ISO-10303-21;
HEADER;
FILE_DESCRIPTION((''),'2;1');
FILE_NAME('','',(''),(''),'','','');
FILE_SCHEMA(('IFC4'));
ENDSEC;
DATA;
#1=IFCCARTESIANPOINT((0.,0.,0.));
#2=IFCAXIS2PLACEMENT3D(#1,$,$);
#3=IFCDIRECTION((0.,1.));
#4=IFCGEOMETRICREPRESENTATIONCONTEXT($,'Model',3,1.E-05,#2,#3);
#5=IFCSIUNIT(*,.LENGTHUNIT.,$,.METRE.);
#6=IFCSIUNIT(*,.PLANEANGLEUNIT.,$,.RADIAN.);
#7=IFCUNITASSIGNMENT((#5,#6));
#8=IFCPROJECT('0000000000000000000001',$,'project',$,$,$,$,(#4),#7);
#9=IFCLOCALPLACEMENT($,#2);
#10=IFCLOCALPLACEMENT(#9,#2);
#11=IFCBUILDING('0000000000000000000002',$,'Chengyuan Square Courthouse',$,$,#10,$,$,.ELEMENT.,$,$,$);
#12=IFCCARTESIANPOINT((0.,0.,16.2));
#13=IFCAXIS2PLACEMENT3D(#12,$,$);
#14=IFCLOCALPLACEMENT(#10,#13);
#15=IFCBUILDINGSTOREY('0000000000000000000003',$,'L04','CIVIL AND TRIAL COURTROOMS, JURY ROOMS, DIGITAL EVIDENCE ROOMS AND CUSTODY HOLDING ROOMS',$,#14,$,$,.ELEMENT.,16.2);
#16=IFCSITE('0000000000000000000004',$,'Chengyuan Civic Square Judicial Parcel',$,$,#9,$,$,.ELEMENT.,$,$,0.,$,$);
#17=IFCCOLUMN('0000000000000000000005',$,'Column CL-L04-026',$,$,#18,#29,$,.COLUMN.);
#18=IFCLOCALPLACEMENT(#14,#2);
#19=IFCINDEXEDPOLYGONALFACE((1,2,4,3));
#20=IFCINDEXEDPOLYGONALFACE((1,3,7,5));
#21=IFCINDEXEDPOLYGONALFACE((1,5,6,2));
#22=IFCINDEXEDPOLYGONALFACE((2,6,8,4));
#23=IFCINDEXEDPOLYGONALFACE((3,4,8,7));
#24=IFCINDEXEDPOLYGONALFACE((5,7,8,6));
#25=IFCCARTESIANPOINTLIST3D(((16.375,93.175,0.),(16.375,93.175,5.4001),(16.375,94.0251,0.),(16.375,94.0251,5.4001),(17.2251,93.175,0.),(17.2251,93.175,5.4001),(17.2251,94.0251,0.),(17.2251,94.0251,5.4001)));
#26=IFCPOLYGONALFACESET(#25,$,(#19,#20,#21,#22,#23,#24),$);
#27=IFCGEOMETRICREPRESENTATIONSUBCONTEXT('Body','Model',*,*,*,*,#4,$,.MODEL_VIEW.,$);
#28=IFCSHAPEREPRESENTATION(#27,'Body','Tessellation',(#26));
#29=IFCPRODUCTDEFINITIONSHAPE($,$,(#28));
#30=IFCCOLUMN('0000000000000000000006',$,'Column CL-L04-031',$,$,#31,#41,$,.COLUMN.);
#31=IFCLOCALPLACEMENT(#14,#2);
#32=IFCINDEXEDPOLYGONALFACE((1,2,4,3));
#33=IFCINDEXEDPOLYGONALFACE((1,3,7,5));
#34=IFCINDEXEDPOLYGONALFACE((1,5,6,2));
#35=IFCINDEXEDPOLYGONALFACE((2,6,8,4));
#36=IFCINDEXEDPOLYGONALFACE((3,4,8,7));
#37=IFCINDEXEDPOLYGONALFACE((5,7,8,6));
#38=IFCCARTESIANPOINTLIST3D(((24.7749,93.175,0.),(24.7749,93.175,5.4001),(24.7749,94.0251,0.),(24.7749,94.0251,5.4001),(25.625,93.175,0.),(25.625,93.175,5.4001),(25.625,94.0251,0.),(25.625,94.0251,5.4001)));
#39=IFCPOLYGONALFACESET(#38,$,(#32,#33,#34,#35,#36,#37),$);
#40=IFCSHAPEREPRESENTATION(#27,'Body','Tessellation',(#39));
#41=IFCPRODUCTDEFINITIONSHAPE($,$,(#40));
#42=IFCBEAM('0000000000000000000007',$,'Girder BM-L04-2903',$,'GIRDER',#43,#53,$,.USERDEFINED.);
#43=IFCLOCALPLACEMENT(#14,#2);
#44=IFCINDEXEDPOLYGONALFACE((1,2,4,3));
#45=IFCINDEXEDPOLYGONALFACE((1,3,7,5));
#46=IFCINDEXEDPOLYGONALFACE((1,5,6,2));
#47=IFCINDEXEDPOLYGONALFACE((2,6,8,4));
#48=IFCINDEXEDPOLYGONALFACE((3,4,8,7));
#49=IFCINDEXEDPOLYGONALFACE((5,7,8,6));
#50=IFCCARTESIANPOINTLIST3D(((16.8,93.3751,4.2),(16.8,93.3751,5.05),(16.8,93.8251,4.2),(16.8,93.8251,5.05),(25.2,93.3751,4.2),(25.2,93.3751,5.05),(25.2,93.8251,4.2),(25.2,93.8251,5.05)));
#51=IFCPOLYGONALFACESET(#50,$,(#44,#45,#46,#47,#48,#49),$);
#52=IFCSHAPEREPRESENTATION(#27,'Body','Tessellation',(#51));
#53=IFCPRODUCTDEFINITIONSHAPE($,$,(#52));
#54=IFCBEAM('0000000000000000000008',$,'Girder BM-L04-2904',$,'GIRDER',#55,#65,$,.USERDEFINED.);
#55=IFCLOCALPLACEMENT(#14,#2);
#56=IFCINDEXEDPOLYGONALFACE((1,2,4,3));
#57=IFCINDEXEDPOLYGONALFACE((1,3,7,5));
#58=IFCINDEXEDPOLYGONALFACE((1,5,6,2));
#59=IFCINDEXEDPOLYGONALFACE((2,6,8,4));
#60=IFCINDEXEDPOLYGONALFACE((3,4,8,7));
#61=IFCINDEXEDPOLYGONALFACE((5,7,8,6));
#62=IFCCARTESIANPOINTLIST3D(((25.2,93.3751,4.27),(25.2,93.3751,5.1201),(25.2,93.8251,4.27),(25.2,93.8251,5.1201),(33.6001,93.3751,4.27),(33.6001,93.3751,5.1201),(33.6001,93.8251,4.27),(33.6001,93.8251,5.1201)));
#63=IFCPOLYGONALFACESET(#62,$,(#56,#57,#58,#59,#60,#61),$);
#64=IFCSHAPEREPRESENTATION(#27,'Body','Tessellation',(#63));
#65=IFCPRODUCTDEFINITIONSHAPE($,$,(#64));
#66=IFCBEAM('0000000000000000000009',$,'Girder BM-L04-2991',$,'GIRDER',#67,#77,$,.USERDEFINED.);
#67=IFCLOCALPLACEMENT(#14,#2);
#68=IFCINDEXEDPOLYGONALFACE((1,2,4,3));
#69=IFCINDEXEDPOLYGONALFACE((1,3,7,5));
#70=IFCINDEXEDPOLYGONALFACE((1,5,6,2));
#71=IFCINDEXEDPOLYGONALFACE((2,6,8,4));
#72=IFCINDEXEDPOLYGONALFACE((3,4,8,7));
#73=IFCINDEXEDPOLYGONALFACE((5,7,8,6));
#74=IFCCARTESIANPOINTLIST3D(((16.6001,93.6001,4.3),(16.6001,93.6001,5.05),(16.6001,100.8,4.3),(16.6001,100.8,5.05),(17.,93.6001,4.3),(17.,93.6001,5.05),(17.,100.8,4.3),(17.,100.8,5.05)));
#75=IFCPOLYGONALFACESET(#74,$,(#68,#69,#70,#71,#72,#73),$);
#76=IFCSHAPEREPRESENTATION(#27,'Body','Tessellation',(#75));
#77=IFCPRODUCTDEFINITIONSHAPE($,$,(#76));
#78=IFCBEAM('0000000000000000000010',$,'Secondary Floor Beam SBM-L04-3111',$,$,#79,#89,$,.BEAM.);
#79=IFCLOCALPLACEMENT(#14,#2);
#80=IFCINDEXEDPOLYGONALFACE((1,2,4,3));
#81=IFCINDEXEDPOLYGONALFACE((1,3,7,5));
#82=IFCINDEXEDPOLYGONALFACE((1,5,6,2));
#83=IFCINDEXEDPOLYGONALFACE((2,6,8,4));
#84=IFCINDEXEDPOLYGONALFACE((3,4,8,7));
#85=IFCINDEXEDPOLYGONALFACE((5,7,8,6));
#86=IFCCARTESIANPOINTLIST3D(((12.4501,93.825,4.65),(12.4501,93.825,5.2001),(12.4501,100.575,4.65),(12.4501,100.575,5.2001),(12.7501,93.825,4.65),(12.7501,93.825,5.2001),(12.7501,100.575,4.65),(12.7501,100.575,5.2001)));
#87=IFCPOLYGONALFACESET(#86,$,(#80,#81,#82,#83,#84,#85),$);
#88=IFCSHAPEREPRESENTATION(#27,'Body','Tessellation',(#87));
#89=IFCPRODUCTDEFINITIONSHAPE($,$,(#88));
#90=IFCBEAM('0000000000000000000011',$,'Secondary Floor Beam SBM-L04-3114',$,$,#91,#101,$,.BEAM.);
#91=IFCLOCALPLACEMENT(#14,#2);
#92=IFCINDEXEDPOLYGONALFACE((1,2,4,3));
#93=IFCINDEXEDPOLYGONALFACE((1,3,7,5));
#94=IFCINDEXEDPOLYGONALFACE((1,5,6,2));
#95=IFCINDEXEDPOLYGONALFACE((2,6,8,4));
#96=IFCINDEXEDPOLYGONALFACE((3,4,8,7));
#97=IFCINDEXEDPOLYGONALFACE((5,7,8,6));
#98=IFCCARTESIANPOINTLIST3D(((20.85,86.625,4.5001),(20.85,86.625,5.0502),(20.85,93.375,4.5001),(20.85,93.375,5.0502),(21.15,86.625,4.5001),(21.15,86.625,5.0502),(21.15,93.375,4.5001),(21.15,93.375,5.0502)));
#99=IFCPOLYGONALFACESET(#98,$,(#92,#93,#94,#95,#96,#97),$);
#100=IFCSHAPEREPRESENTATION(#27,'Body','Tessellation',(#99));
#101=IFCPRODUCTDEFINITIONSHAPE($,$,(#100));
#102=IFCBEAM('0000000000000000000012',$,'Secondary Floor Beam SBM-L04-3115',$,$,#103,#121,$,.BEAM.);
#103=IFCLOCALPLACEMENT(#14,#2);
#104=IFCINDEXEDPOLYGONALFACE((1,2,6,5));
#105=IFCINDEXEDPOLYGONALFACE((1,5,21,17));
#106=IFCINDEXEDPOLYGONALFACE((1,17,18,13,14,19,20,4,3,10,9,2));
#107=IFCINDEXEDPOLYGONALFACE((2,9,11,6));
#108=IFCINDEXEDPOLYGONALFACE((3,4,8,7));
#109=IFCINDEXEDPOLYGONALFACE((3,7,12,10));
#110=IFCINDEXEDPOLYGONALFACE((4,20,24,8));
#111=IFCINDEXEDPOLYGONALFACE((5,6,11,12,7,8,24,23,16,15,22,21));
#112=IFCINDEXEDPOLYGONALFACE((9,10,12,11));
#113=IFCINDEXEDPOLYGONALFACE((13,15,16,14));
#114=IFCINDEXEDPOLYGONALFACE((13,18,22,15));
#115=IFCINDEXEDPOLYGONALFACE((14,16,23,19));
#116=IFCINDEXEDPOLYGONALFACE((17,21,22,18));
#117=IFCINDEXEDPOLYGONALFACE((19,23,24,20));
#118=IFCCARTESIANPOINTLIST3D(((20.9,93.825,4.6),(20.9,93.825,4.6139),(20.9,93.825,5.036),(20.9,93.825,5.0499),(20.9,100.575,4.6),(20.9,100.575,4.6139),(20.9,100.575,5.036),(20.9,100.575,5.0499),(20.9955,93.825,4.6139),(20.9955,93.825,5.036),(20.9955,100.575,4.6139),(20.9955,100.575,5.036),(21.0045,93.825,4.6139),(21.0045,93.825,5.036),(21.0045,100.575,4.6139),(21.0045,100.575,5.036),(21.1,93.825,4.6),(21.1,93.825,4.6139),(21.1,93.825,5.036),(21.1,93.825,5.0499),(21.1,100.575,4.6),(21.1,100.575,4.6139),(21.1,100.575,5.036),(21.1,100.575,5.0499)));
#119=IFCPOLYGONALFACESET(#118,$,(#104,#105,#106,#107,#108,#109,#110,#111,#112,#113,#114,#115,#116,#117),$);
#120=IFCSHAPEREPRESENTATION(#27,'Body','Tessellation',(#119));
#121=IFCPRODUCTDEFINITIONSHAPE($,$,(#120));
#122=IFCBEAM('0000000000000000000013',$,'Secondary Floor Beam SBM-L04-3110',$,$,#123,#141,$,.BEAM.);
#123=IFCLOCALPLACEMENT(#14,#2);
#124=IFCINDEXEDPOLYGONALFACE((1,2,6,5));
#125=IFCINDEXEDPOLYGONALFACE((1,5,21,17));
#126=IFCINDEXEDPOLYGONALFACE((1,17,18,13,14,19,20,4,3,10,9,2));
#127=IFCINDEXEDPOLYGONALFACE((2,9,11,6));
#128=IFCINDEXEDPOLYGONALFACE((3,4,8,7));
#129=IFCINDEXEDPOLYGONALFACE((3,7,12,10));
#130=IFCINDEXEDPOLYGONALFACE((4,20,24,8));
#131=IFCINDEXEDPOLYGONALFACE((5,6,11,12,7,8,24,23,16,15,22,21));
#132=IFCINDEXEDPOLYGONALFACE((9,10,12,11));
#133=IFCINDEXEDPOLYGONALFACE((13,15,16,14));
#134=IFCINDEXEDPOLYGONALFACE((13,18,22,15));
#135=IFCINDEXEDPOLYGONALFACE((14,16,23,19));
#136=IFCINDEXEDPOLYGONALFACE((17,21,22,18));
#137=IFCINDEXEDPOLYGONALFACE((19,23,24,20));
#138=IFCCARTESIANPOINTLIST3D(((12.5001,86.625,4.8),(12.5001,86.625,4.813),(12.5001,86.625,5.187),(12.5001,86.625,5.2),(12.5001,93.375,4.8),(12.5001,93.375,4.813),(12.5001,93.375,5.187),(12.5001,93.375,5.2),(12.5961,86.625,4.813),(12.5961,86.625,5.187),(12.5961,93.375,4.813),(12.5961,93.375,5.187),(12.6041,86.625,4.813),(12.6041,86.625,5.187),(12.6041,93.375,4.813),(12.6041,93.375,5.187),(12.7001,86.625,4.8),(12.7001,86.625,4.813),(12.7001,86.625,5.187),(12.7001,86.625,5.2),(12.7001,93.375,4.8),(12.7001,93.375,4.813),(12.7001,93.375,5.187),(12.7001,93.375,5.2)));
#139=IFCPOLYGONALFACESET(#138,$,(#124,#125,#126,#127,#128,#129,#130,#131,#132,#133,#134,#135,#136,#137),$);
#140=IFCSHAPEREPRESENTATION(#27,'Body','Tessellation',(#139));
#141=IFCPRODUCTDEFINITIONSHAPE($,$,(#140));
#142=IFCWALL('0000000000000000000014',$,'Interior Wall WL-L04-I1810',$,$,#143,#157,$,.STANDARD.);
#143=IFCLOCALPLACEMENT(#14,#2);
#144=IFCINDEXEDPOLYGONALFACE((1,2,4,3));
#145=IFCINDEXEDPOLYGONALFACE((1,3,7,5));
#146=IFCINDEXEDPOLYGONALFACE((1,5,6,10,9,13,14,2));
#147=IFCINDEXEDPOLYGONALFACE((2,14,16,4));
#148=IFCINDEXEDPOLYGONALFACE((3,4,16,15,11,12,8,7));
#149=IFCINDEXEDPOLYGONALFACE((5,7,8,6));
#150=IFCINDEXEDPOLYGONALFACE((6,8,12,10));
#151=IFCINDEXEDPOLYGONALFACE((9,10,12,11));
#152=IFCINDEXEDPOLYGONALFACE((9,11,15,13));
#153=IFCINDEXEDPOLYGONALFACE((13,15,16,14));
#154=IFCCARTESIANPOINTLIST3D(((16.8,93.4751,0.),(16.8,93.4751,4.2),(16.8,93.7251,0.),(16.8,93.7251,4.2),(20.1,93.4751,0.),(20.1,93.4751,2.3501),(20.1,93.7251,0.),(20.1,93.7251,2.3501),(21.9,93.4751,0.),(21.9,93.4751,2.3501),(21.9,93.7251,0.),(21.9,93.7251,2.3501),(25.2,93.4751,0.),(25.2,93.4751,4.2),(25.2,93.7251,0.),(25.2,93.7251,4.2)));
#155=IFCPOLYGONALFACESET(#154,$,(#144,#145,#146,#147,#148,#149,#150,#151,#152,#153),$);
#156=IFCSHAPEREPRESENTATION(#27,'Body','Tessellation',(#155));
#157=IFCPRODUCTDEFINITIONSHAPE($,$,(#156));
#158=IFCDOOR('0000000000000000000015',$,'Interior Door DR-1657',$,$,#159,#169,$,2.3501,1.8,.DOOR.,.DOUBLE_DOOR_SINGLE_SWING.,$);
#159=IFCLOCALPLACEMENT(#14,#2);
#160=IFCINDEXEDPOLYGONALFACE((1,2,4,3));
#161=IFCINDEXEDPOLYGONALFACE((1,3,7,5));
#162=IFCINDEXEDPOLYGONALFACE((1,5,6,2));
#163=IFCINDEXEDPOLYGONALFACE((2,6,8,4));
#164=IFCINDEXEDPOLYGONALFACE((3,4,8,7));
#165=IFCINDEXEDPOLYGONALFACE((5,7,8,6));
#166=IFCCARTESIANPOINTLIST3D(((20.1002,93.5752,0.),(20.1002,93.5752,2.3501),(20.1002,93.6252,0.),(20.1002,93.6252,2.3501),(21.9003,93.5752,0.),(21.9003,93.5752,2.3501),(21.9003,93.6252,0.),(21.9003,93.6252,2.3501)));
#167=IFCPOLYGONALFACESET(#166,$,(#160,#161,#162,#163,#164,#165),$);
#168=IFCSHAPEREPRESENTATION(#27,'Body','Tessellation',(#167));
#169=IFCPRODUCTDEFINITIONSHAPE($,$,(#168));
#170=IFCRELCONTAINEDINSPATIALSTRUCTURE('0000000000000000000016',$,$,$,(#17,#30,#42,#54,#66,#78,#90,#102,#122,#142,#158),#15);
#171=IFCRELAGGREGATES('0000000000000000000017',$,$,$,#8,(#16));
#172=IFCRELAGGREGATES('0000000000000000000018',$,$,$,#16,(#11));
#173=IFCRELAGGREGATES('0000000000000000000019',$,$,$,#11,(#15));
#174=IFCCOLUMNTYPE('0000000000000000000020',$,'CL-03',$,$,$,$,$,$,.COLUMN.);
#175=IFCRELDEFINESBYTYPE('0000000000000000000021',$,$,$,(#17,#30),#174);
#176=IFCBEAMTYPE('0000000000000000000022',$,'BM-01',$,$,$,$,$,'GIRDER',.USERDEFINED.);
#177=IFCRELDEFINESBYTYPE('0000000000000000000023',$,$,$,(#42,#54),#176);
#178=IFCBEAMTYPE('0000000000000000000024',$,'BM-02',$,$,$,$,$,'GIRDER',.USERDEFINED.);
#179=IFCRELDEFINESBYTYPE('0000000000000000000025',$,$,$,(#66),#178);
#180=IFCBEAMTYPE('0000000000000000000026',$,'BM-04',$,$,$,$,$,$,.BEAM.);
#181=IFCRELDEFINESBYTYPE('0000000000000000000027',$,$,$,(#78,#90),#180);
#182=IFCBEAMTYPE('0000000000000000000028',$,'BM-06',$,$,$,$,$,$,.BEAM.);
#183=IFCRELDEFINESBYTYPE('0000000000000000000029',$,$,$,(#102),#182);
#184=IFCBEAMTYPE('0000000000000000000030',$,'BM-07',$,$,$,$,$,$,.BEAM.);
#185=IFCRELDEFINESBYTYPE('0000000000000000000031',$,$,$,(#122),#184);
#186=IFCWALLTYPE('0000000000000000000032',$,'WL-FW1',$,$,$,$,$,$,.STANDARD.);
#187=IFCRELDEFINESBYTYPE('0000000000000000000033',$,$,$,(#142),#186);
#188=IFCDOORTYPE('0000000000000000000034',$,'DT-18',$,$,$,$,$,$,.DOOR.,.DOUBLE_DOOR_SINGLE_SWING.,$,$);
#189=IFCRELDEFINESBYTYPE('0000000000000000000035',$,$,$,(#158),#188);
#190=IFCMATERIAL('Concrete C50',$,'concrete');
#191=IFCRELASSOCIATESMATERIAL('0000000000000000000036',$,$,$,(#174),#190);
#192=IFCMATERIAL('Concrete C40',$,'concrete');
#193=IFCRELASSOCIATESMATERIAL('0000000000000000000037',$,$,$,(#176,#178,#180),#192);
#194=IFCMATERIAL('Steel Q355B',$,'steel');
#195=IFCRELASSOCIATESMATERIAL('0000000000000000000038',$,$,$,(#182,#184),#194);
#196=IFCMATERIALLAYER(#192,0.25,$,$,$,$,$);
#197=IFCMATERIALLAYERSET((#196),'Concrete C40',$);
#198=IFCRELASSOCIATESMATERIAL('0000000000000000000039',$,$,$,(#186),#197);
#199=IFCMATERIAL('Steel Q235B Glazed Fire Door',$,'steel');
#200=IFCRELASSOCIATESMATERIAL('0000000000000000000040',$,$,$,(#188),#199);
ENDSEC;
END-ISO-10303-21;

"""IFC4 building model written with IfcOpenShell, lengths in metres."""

from ifc_helpers import new_model, si_unit, direction, frame, frame_2d, origin, origin_2d, place, context, subcontext, project, spatial, rectangle, i_section, extrude, material, layer, layer_set, material_profile, profile_set, type_object, element, fill, save


model = new_model("IFC4")

# Units and contexts
model_context = context("Model", 3, precision=1e-05, world=origin(), true_north=direction((0.0, 1.0)))
body_context = subcontext(model_context, "Body", "Model", "MODEL_VIEW")
ifc_project = project(units=[si_unit("LENGTHUNIT", "METRE"), si_unit("PLANEANGLEUNIT", "RADIAN")], contexts=[model_context])

# Site, building, storey
site_placement = place(None, origin())
site = spatial("IfcSite", under=ifc_project, at=site_placement, Name="Chengyuan Civic Square Judicial Parcel", CompositionType="ELEMENT", RefElevation=0.0)
building_placement = place(site_placement, origin())
building = spatial("IfcBuilding", under=site, at=building_placement, Name="Chengyuan Square Courthouse", CompositionType="ELEMENT")
storey_placement = place(building_placement, frame((0.0, 0.0, 16.2)))
storey = spatial("IfcBuildingStorey", under=building, at=storey_placement, Name="L04", Description="CIVIL AND TRIAL COURTROOMS, JURY ROOMS, DIGITAL EVIDENCE ROOMS AND CUSTODY HOLDING ROOMS", CompositionType="ELEMENT", Elevation=16.2)

# Columns
ifc_material_1 = material(Name="Concrete C50", Category="concrete")
ifc_material_profile_1 = material_profile(ifc_material_1, rectangle(XDim=0.8501, YDim=0.8501, at=origin_2d()), Name="RC-COL-850x850")
ifc_profile_set_1 = profile_set([ifc_material_profile_1], Name="Concrete C50")
column_type = type_object("IfcColumnType", Name="CL-03", PredefinedType="COLUMN", material=ifc_profile_set_1)
for number, where, z_axis, x_axis, name in (
    (1, (16.8, 93.6001, 0.0), (0.0, 0.0, 1.0), (1.0, 0.0, 0.0), "Column CL-L04-026"),
    (2, (25.2, 93.6001, 0.0), (0.0, 0.0, 1.0), (1.0, 0.0, 0.0), "Column CL-L04-031"),
):
    element("IfcColumn", number, at=place(storey_placement, frame(where, z_axis=z_axis, x_axis=x_axis)), inside=storey, type_object=column_type, Name=name, PredefinedType="COLUMN", context=body_context, shape_type="SweptSolid", body=[
        extrude(rectangle(XDim=0.8501, YDim=0.8501, at=origin_2d()), origin(), (0.0, 0.0, 1.0), 5.4001),
    ])

# Beams
ifc_material_2 = material(Name="Concrete C40", Category="concrete")
ifc_material_profile_2 = material_profile(ifc_material_2, rectangle(XDim=0.45, YDim=0.8501, at=origin_2d()), Name="RC-BM-450x850")
ifc_profile_set_2 = profile_set([ifc_material_profile_2], Name="Concrete C40")
beam_type_1 = type_object("IfcBeamType", Name="BM-01", ElementType="GIRDER", PredefinedType="USERDEFINED", material=ifc_profile_set_2)
beam_1_placement = place(storey_placement, frame((16.8, 93.6001, 4.625), z_axis=(1.0, 0.0, 0.0), x_axis=(0.0, 1.0, 0.0)))
element("IfcBeam", 3, at=beam_1_placement, inside=storey, type_object=beam_type_1, Name="Girder BM-L04-2903", ObjectType="GIRDER", PredefinedType="USERDEFINED", context=body_context, shape_type="SweptSolid", body=[
    extrude(rectangle(XDim=0.45, YDim=0.8501, at=origin_2d()), origin(), (0.0, 0.0, 1.0), 8.3999),
])
beam_2_placement = place(storey_placement, frame((25.2, 93.6001, 4.6951), z_axis=(1.0, 0.0, 0.0), x_axis=(0.0, 1.0, 0.0)))
element("IfcBeam", 4, at=beam_2_placement, inside=storey, type_object=beam_type_1, Name="Girder BM-L04-2904", ObjectType="GIRDER", PredefinedType="USERDEFINED", context=body_context, shape_type="SweptSolid", body=[
    extrude(rectangle(XDim=0.45, YDim=0.8501, at=origin_2d()), origin(), (0.0, 0.0, 1.0), 8.4001),
])
ifc_material_profile_3 = material_profile(ifc_material_2, rectangle(XDim=0.3999, YDim=0.75, at=origin_2d()), Name="RC-BM-400x750")
ifc_profile_set_3 = profile_set([ifc_material_profile_3], Name="Concrete C40")
beam_type_2 = type_object("IfcBeamType", Name="BM-02", ElementType="GIRDER", PredefinedType="USERDEFINED", material=ifc_profile_set_3)
beam_3_placement = place(storey_placement, frame((16.8, 93.6001, 4.675), z_axis=(0.0, 1.0, 0.0), x_axis=(-1.0, 0.0, 0.0)))
element("IfcBeam", 5, at=beam_3_placement, inside=storey, type_object=beam_type_2, Name="Girder BM-L04-2991", ObjectType="GIRDER", PredefinedType="USERDEFINED", context=body_context, shape_type="SweptSolid", body=[
    extrude(rectangle(XDim=0.3999, YDim=0.75, at=origin_2d()), origin(), (0.0, 0.0, 1.0), 7.2),
])
ifc_material_profile_4 = material_profile(ifc_material_2, rectangle(XDim=0.3, YDim=0.55, at=origin_2d()), Name="RC-BM-300x550")
ifc_profile_set_4 = profile_set([ifc_material_profile_4], Name="Concrete C40")
beam_type_3 = type_object("IfcBeamType", Name="BM-04", PredefinedType="BEAM", material=ifc_profile_set_4)
for number, where, z_axis, x_axis, name in (
    (6, (12.6001, 93.825, 4.925), (0.0, 1.0, 0.0), (-1.0, 0.0, 0.0), "Secondary Floor Beam SBM-L04-3111"),
    (7, (21.0, 86.625, 4.7751), (0.0, 1.0, 0.0), (-1.0, 0.0, 0.0), "Secondary Floor Beam SBM-L04-3114"),
):
    element("IfcBeam", number, at=place(storey_placement, frame(where, z_axis=z_axis, x_axis=x_axis)), inside=storey, type_object=beam_type_3, Name=name, PredefinedType="BEAM", context=body_context, shape_type="SweptSolid", body=[
        extrude(rectangle(XDim=0.3, YDim=0.55, at=origin_2d()), origin(), (0.0, 0.0, 1.0), 6.75),
    ])
ifc_material_3 = material(Name="Steel Q355B", Category="steel")
ifc_material_profile_5 = material_profile(ifc_material_3, i_section(OverallWidth=0.2, OverallDepth=0.45, WebThickness=0.009, FlangeThickness=0.0139, at=origin_2d()), Name="HN 450x200x9x14")
ifc_profile_set_5 = profile_set([ifc_material_profile_5], Name="Steel Q355B")
beam_type_4 = type_object("IfcBeamType", Name="BM-06", PredefinedType="BEAM", material=ifc_profile_set_5)
beam_4_placement = place(storey_placement, frame((21.0, 93.825, 4.825), z_axis=(0.0, 1.0, 0.0), x_axis=(-1.0, 0.0, 0.0)))
element("IfcBeam", 8, at=beam_4_placement, inside=storey, type_object=beam_type_4, Name="Secondary Floor Beam SBM-L04-3115", PredefinedType="BEAM", context=body_context, shape_type="SweptSolid", body=[
    extrude(i_section(OverallWidth=0.2, OverallDepth=0.45, WebThickness=0.009, FlangeThickness=0.0139, at=origin_2d()), origin(), (0.0, 0.0, 1.0), 6.75),
])
ifc_material_profile_6 = material_profile(ifc_material_3, i_section(OverallWidth=0.2, OverallDepth=0.3999, WebThickness=0.0081, FlangeThickness=0.0129, at=origin_2d()), Name="HN 400x200x8x13")
ifc_profile_set_6 = profile_set([ifc_material_profile_6], Name="Steel Q355B")
beam_type_5 = type_object("IfcBeamType", Name="BM-07", PredefinedType="BEAM", material=ifc_profile_set_6)
beam_5_placement = place(storey_placement, frame((12.6001, 86.625, 5.0), z_axis=(0.0, 1.0, 0.0), x_axis=(-1.0, 0.0, 0.0)))
element("IfcBeam", 9, at=beam_5_placement, inside=storey, type_object=beam_type_5, Name="Secondary Floor Beam SBM-L04-3110", PredefinedType="BEAM", context=body_context, shape_type="SweptSolid", body=[
    extrude(i_section(OverallWidth=0.2, OverallDepth=0.3999, WebThickness=0.0081, FlangeThickness=0.0129, at=origin_2d()), origin(), (0.0, 0.0, 1.0), 6.75),
])

# Wall, opening, door
ifc_layer_1 = layer(ifc_material_2, 0.25)
ifc_layer_set_1 = layer_set([ifc_layer_1], Name="Concrete C40")
wall_type_1 = type_object("IfcWallType", Name="WL-FW1", PredefinedType="STANDARD", material=ifc_layer_set_1)
wall_1_placement = place(storey_placement, frame((16.8, 93.6001, 0.0), z_axis=(0.0, 0.0, 1.0), x_axis=(1.0, 0.0, 0.0)))
wall_1 = element("IfcWall", 10, at=wall_1_placement, inside=storey, type_object=wall_type_1, Name="Interior Wall WL-L04-I1810", PredefinedType="STANDARD", context=body_context, shape_type="SweptSolid", body=[
    extrude(rectangle(XDim=8.3999, YDim=0.25, at=frame_2d((4.2, 0.0))), origin(), (0.0, 0.0, 1.0), 4.2),
])
opening_1_placement = place(wall_1_placement, frame((3.3, 0.0, 0.0)))
opening_1 = element("IfcOpeningElement", 11, at=opening_1_placement, cuts=wall_1, PredefinedType="OPENING", context=body_context, shape_type="SweptSolid", body=[
    extrude(rectangle(XDim=1.8, YDim=2.3501, at=frame_2d((0.8999, 1.175))), frame((0.0, 0.137, 0.0), z_axis=(0.0, -1.0, 0.0), x_axis=(1.0, 0.0, 0.0)), (0.0, 0.0, 1.0), 0.2739),
])
ifc_material_4 = material(Name="Steel Q235B Glazed Fire Door", Category="steel")
door_type_1 = type_object("IfcDoorType", Name="DT-18", OperationType="DOUBLE_DOOR_SINGLE_SWING", PredefinedType="DOOR", material=ifc_material_4)
door_1_placement = place(opening_1_placement, frame((1.8, 0.0, 0.0), z_axis=(0.0, 0.0, 1.0), x_axis=(-1.0, 0.0, 0.0)))
door_1 = element("IfcDoor", 12, at=door_1_placement, inside=storey, type_object=door_type_1, Name="Interior Door DR-1657", OperationType="DOUBLE_DOOR_SINGLE_SWING", OverallHeight=2.3501, OverallWidth=1.8, PredefinedType="DOOR", context=body_context, shape_type="SweptSolid", body=[
    extrude(rectangle(XDim=1.8, YDim=2.3501, at=frame_2d((0.8999, 1.175))), frame((0.0, 0.0249, 0.0), z_axis=(0.0, -1.0, 0.0), x_axis=(1.0, 0.0, 0.0)), (0.0, 0.0, 1.0), 0.05),
])
fill(opening_1, door_1)

save(model, "model.ifc")
